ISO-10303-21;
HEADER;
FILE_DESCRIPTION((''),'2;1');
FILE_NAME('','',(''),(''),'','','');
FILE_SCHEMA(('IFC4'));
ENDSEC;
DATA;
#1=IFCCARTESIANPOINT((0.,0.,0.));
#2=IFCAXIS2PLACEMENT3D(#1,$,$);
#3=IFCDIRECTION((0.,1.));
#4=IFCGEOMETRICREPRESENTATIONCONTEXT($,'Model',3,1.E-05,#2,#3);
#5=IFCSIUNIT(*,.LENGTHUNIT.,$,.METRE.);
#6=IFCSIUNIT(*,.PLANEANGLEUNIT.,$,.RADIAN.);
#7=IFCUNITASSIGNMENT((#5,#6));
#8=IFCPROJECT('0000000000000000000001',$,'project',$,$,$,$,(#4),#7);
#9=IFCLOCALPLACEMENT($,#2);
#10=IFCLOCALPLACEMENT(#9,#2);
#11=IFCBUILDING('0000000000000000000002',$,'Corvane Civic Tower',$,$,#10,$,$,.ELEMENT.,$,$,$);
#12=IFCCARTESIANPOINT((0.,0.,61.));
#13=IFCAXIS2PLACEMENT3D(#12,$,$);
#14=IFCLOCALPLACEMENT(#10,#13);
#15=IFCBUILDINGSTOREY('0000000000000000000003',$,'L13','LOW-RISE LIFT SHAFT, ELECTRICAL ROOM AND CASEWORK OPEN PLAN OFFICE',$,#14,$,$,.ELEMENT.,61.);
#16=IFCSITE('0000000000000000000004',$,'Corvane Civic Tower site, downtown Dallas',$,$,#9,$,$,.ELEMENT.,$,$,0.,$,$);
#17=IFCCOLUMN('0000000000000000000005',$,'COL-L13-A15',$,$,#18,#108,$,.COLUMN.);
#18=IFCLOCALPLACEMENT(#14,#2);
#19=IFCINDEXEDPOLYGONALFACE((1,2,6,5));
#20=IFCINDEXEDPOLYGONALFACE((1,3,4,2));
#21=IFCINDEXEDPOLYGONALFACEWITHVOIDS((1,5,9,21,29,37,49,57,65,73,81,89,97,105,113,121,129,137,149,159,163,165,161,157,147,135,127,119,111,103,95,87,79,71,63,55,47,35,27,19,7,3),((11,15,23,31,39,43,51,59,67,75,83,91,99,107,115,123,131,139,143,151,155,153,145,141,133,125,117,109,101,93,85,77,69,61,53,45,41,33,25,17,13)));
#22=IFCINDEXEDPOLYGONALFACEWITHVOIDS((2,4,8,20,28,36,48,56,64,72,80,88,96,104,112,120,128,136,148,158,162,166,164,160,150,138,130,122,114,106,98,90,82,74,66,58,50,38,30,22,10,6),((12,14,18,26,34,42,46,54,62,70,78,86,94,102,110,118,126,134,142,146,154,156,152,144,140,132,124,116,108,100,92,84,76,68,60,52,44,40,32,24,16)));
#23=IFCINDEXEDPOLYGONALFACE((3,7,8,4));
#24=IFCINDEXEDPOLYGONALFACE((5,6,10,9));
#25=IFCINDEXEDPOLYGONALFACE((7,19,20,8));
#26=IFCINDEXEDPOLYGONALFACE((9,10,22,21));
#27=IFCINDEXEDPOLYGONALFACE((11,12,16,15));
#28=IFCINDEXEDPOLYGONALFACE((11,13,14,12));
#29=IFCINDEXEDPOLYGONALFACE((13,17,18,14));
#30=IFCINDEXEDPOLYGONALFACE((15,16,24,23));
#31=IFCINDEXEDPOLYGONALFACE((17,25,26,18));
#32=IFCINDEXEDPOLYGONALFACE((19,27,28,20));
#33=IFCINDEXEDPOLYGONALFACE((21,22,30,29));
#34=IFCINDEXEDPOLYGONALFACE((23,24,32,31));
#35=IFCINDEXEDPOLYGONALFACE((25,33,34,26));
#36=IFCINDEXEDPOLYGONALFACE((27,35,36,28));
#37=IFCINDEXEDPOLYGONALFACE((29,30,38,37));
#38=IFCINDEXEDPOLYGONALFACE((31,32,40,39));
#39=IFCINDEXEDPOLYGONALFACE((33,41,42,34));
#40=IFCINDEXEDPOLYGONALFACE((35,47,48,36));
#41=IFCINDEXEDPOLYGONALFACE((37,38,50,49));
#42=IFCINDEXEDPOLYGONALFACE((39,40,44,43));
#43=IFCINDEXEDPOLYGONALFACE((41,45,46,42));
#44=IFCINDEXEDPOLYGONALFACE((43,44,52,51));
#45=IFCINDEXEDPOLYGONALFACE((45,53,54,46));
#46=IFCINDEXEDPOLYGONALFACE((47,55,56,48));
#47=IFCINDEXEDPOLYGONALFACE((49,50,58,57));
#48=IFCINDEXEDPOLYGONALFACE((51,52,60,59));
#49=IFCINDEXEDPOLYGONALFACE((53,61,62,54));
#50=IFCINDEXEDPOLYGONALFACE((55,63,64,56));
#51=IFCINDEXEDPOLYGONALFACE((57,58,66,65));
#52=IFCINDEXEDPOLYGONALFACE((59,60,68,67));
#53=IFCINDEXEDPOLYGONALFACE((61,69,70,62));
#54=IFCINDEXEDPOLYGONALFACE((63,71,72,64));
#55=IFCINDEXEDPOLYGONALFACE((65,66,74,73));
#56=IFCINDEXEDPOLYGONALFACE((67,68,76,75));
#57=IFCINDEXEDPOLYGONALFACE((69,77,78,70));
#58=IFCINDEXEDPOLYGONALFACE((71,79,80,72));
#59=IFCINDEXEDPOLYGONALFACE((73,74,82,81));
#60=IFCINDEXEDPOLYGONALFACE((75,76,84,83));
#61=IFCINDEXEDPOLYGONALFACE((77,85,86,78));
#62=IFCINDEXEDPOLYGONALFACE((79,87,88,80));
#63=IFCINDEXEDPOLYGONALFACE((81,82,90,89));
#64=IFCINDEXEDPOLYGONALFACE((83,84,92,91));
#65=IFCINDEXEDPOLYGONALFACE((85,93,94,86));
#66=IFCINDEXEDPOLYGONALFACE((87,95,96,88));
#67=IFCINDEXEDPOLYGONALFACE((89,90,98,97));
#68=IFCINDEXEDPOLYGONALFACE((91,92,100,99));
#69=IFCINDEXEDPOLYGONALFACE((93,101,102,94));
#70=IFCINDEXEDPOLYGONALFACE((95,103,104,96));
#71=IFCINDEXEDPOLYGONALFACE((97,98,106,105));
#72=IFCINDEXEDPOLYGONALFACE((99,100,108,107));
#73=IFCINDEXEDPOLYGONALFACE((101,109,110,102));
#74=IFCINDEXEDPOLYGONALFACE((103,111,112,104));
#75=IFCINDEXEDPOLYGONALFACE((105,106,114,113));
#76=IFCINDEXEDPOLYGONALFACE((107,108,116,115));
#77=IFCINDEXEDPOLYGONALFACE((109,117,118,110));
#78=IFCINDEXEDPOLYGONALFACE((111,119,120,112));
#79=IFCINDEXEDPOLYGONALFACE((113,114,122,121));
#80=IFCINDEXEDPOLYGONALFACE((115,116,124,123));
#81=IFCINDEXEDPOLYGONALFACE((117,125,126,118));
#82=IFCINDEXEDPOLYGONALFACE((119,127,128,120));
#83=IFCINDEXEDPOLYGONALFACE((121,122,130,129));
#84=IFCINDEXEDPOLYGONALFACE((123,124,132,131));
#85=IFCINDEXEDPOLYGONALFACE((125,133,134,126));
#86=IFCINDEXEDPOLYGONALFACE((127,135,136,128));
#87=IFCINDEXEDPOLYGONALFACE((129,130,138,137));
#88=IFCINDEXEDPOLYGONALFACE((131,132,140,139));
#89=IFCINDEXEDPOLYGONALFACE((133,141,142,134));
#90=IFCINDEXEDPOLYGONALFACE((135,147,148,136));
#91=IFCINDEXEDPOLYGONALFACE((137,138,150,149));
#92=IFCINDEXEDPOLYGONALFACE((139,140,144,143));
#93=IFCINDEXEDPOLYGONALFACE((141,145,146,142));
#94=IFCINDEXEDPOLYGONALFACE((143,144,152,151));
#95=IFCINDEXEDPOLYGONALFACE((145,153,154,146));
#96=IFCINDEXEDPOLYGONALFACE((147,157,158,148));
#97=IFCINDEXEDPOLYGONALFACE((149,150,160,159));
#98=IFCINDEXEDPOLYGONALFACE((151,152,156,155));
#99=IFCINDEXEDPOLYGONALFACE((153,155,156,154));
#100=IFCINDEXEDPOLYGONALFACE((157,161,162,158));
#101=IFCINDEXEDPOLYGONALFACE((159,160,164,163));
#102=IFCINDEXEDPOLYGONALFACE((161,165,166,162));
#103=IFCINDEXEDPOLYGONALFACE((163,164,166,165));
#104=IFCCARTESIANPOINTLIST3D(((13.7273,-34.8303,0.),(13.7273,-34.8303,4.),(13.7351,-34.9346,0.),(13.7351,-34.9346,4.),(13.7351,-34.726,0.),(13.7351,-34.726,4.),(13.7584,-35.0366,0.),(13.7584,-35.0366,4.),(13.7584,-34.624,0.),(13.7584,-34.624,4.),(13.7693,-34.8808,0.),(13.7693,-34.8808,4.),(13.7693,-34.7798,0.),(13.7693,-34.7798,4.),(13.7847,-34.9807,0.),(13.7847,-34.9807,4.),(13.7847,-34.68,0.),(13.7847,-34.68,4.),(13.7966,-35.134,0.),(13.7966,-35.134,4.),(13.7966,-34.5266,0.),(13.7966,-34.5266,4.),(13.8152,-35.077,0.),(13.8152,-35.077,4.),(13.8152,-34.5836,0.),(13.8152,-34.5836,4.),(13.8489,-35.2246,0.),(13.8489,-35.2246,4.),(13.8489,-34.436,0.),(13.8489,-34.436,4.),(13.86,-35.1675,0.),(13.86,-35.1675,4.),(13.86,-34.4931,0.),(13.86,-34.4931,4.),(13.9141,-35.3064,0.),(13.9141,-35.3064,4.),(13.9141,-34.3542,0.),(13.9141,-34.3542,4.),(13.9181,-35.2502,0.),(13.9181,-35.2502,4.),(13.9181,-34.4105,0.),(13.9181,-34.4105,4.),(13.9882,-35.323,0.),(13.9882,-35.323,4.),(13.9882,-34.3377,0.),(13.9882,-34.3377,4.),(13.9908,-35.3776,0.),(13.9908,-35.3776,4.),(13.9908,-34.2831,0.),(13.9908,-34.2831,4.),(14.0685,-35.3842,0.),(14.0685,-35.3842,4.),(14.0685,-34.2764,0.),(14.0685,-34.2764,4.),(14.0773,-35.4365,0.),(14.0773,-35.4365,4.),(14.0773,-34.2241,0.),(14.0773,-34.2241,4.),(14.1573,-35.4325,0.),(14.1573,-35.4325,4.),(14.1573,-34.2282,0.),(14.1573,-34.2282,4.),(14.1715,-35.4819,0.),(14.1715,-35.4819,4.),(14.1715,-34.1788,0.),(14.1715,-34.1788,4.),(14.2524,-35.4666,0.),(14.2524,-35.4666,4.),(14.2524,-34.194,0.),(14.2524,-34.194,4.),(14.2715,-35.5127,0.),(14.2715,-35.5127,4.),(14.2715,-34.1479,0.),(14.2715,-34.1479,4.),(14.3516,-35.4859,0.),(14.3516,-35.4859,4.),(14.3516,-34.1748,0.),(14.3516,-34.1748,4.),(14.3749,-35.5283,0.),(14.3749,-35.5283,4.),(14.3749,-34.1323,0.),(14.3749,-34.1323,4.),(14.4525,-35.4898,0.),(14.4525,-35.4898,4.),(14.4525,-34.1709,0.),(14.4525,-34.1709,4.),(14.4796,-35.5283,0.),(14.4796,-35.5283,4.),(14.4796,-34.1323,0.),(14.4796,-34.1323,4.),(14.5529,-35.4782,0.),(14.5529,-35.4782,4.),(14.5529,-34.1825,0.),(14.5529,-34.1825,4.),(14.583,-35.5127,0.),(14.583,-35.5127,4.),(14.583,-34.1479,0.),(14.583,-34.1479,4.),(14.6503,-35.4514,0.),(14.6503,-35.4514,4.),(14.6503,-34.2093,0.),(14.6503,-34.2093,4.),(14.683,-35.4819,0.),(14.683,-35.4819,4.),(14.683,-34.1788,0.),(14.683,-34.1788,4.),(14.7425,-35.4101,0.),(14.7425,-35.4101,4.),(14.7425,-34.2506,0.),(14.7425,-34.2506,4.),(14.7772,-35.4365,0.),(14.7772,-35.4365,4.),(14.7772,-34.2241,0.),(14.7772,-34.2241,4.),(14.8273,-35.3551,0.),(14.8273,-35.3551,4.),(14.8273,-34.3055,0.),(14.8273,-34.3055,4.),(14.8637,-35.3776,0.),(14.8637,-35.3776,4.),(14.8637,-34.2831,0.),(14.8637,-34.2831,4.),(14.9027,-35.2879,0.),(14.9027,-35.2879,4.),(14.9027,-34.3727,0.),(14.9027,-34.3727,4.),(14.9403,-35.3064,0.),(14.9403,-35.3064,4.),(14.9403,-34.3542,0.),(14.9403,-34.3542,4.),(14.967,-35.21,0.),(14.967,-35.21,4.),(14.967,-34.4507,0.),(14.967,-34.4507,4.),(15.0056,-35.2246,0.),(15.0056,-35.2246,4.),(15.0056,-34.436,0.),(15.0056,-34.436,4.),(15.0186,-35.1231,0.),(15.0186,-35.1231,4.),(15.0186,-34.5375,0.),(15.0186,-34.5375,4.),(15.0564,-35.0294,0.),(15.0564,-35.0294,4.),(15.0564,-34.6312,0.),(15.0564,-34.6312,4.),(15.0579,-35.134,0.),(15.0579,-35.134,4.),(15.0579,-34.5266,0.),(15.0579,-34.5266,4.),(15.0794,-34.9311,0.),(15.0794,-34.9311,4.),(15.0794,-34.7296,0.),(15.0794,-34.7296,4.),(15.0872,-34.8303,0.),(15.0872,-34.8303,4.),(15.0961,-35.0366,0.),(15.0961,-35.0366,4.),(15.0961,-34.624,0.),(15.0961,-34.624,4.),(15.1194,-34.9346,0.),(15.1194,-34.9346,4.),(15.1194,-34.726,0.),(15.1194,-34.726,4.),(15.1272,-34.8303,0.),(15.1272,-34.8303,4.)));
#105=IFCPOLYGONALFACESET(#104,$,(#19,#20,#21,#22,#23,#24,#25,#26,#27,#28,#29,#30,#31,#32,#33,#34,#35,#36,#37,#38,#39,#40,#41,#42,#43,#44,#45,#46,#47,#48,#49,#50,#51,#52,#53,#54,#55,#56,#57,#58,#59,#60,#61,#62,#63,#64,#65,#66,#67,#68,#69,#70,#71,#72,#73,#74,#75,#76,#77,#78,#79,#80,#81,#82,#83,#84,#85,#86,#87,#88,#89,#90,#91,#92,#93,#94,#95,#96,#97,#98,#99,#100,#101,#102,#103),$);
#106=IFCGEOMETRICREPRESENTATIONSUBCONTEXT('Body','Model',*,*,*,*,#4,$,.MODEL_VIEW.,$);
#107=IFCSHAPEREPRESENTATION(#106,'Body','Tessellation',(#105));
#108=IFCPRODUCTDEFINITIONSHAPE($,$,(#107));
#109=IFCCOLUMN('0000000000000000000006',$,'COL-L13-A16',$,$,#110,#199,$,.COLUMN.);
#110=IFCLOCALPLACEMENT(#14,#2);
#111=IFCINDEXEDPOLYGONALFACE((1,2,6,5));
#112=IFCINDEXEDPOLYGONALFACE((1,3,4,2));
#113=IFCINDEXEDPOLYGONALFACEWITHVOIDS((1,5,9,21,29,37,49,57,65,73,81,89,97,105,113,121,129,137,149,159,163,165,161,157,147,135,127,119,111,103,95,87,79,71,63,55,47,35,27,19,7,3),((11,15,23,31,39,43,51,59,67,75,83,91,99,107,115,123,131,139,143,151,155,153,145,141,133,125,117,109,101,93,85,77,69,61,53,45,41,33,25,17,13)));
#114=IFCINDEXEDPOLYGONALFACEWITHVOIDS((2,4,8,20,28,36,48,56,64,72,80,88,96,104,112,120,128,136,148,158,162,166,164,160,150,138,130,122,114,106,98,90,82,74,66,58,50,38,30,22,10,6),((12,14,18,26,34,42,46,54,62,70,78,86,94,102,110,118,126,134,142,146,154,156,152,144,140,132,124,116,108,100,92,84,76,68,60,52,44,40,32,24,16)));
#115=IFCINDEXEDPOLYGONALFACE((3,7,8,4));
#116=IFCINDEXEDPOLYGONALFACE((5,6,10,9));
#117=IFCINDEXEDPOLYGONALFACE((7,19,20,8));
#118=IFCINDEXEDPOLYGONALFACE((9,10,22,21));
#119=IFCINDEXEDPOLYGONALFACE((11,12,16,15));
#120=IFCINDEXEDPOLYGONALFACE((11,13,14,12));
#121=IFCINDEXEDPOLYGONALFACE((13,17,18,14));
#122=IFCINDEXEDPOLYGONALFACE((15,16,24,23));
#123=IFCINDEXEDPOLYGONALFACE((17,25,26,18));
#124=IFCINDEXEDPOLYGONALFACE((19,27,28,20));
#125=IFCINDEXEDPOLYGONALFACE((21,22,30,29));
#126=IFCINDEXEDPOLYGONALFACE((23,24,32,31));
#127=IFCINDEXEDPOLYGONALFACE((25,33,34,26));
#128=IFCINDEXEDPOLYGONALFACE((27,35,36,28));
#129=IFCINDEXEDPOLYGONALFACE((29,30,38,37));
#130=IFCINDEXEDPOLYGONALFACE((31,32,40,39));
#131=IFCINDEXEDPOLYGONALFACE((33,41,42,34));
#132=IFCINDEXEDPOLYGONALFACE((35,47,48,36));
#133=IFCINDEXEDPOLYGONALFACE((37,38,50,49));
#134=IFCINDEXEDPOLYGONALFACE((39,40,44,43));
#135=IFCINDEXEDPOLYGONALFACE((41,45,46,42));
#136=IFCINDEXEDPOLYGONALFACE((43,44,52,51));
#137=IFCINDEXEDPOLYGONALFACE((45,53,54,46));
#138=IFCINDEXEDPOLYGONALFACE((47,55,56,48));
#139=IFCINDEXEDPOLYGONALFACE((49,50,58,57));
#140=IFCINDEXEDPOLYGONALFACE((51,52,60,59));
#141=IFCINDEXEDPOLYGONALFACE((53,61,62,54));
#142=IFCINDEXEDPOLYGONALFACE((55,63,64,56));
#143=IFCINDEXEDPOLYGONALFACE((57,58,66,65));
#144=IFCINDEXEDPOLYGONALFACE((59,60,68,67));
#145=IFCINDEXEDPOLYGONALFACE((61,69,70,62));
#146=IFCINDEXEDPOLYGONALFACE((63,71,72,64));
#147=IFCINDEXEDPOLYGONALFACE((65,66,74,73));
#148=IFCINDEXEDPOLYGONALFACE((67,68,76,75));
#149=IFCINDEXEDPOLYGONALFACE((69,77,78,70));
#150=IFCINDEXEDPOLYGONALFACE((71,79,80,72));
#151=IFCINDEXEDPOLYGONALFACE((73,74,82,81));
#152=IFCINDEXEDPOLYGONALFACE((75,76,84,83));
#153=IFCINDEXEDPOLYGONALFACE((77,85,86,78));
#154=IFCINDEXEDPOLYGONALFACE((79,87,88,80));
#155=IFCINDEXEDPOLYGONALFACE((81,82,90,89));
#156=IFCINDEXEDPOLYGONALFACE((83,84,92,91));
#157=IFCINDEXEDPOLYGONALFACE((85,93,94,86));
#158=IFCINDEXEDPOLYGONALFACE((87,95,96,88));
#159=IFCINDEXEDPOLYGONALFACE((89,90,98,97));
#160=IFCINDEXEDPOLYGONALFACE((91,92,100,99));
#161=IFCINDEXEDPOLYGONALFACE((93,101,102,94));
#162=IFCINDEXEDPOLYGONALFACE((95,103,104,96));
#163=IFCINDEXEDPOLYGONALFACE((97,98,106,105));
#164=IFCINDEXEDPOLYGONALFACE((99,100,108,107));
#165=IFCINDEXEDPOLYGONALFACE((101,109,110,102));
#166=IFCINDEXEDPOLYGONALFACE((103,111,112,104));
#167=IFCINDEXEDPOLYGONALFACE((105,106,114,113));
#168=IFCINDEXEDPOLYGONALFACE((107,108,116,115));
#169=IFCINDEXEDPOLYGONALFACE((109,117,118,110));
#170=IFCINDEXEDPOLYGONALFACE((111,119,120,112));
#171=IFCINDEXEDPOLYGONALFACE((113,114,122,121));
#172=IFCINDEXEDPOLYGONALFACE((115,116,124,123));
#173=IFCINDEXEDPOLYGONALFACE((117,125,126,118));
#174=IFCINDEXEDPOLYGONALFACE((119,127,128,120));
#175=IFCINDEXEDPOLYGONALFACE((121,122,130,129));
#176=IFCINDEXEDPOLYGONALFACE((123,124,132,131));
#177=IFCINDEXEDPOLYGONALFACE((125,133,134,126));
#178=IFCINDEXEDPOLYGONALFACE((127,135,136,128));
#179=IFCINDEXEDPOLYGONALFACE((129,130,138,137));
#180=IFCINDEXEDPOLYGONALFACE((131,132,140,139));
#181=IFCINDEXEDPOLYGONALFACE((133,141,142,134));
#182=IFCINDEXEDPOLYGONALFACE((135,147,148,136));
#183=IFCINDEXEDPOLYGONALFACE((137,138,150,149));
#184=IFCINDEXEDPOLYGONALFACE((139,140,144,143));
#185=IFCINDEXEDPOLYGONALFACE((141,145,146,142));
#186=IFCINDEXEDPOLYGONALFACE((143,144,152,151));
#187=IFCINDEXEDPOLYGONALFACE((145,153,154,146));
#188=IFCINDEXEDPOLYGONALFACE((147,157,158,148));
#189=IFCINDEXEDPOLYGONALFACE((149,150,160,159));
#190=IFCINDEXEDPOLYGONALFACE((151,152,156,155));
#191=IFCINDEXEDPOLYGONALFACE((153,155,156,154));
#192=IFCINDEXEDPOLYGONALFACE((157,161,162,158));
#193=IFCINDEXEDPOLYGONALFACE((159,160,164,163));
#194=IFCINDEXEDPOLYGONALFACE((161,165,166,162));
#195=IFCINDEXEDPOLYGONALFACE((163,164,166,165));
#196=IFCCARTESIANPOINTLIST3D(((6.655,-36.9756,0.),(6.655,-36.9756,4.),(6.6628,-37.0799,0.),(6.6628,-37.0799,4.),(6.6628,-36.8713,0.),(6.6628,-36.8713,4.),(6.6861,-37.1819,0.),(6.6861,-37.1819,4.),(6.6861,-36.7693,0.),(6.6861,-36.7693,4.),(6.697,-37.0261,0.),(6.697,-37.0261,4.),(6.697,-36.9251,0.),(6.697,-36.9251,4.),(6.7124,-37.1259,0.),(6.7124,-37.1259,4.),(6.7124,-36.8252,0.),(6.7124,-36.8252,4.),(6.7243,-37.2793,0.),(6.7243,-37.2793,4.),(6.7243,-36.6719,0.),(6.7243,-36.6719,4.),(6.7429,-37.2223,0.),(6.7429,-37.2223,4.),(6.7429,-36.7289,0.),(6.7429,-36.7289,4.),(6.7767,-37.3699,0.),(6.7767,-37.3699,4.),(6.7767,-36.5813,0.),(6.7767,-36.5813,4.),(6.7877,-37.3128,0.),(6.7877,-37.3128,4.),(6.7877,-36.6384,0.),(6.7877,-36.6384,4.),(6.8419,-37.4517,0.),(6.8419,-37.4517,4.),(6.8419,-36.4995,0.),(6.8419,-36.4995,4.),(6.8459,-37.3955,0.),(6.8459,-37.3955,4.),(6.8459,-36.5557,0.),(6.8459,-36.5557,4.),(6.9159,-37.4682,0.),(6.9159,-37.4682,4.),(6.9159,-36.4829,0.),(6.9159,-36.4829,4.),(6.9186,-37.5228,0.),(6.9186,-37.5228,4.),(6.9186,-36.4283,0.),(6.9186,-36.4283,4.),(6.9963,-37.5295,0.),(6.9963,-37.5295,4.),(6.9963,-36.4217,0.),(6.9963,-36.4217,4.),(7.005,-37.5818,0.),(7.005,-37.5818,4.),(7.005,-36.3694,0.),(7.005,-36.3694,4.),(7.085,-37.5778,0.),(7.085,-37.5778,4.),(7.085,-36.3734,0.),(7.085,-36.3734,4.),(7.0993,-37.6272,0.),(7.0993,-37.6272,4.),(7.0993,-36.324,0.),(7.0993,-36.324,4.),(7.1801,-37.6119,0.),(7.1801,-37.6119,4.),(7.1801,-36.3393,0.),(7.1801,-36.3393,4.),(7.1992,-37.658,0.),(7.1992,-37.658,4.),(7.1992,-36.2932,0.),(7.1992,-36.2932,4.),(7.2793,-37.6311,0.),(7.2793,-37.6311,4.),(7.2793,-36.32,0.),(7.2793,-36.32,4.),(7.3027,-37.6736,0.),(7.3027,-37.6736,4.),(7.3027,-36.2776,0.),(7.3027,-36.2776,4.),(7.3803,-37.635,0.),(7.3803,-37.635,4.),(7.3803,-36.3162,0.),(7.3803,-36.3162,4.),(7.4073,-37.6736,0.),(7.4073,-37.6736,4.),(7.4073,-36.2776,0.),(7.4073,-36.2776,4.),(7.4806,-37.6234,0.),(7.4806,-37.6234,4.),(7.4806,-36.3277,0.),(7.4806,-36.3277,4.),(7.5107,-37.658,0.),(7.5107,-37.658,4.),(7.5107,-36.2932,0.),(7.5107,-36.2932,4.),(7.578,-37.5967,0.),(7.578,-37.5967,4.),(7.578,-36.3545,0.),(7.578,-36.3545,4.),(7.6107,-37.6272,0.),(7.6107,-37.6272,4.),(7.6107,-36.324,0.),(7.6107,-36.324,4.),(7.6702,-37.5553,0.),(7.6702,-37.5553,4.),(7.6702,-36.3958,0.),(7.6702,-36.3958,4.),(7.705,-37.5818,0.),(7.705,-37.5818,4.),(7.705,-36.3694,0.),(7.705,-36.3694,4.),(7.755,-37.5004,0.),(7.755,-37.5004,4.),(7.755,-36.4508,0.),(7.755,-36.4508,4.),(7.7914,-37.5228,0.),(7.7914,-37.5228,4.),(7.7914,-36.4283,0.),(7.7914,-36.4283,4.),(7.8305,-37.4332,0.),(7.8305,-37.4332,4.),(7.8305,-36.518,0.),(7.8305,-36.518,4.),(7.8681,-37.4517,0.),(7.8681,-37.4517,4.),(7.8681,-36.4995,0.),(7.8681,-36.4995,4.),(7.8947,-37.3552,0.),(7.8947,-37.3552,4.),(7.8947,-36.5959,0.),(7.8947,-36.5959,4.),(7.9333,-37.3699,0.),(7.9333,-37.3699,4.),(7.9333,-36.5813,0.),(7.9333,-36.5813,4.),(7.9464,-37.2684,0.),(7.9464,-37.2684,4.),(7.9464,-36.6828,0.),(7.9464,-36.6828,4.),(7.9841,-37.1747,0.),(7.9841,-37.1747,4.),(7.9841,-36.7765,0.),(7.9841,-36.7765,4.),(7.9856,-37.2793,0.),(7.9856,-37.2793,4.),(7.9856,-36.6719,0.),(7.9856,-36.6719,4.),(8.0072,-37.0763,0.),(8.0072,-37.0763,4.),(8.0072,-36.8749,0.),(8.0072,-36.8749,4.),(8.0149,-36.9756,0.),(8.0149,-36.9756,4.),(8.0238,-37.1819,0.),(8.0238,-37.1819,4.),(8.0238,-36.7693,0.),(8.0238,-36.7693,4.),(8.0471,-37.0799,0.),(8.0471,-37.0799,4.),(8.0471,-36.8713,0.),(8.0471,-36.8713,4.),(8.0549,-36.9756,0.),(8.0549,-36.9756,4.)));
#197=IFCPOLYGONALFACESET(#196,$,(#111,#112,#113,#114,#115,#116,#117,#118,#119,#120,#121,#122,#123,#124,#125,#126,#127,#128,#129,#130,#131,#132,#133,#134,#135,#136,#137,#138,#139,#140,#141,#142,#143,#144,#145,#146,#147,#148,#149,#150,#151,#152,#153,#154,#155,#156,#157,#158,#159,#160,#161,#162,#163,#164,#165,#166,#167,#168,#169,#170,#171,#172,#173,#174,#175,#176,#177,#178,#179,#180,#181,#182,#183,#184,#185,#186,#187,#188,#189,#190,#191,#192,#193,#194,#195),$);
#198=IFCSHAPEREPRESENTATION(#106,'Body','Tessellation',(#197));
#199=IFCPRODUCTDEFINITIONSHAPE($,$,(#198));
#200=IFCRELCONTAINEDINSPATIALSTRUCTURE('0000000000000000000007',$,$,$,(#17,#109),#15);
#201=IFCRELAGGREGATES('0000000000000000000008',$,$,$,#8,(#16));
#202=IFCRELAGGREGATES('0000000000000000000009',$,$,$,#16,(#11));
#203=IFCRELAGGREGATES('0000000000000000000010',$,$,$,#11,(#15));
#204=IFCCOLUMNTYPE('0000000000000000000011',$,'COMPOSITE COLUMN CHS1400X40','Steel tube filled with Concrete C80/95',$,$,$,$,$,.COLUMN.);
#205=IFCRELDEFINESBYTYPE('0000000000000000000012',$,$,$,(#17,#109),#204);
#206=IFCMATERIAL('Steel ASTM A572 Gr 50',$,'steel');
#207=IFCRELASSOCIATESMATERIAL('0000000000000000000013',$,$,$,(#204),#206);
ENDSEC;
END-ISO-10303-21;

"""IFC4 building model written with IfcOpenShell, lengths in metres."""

from ifc_helpers import new_model, si_unit, direction, frame, origin, origin_2d, place, context, subcontext, project, spatial, hollow_circle, extrude, material, material_profile, profile_set, type_object, element, save


model = new_model("IFC4")

# Units and contexts
model_context = context("Model", 3, precision=1e-05, world=origin(), true_north=direction((0.0, 1.0)))
body_context = subcontext(model_context, "Body", "Model", "MODEL_VIEW")
ifc_project = project(units=[si_unit("LENGTHUNIT", "METRE"), si_unit("PLANEANGLEUNIT", "RADIAN")], contexts=[model_context])

# Site, building, storey
site_placement = place(None, origin())
site = spatial("IfcSite", under=ifc_project, at=site_placement, Name="Corvane Civic Tower site, downtown Dallas", CompositionType="ELEMENT", RefElevation=0.0)
building_placement = place(site_placement, origin())
building = spatial("IfcBuilding", under=site, at=building_placement, Name="Corvane Civic Tower", CompositionType="ELEMENT")
storey_placement = place(building_placement, frame((0.0, 0.0, 61.0)))
storey = spatial("IfcBuildingStorey", under=building, at=storey_placement, Name="L13", Description="LOW-RISE LIFT SHAFT, ELECTRICAL ROOM AND CASEWORK OPEN PLAN OFFICE", CompositionType="ELEMENT", Elevation=61.0)

# Columns
ifc_material_1 = material(Name="Steel ASTM A572 Gr 50", Category="steel")
ifc_material_profile_1 = material_profile(ifc_material_1, hollow_circle(Radius=0.7, WallThickness=0.04, at=origin_2d()), Name="CHS1400X40")
ifc_profile_set_1 = profile_set([ifc_material_profile_1], Name="Steel ASTM A572 Gr 50")
column_type = type_object("IfcColumnType", Name="COMPOSITE COLUMN CHS1400X40", Description="Steel tube filled with Concrete C80/95", PredefinedType="COLUMN", material=ifc_profile_set_1)
for number, where, z_axis, x_axis, name in (
    (1, (14.4272, -34.8303, 0.0), (0.0, 0.0, 1.0), (1.0, 0.0, 0.0), "COL-L13-A15"),
    (2, (7.355, -36.9756, 0.0), (0.0, 0.0, 1.0), (1.0, 0.0, 0.0), "COL-L13-A16"),
):
    element("IfcColumn", number, at=place(storey_placement, frame(where, z_axis=z_axis, x_axis=x_axis)), inside=storey, type_object=column_type, Name=name, PredefinedType="COLUMN", context=body_context, shape_type="SweptSolid", body=[
        extrude(hollow_circle(Radius=0.7, WallThickness=0.04, at=origin_2d()), origin(), (0.0, 0.0, 1.0), 4.0),
    ])

save(model, "model.ifc")
